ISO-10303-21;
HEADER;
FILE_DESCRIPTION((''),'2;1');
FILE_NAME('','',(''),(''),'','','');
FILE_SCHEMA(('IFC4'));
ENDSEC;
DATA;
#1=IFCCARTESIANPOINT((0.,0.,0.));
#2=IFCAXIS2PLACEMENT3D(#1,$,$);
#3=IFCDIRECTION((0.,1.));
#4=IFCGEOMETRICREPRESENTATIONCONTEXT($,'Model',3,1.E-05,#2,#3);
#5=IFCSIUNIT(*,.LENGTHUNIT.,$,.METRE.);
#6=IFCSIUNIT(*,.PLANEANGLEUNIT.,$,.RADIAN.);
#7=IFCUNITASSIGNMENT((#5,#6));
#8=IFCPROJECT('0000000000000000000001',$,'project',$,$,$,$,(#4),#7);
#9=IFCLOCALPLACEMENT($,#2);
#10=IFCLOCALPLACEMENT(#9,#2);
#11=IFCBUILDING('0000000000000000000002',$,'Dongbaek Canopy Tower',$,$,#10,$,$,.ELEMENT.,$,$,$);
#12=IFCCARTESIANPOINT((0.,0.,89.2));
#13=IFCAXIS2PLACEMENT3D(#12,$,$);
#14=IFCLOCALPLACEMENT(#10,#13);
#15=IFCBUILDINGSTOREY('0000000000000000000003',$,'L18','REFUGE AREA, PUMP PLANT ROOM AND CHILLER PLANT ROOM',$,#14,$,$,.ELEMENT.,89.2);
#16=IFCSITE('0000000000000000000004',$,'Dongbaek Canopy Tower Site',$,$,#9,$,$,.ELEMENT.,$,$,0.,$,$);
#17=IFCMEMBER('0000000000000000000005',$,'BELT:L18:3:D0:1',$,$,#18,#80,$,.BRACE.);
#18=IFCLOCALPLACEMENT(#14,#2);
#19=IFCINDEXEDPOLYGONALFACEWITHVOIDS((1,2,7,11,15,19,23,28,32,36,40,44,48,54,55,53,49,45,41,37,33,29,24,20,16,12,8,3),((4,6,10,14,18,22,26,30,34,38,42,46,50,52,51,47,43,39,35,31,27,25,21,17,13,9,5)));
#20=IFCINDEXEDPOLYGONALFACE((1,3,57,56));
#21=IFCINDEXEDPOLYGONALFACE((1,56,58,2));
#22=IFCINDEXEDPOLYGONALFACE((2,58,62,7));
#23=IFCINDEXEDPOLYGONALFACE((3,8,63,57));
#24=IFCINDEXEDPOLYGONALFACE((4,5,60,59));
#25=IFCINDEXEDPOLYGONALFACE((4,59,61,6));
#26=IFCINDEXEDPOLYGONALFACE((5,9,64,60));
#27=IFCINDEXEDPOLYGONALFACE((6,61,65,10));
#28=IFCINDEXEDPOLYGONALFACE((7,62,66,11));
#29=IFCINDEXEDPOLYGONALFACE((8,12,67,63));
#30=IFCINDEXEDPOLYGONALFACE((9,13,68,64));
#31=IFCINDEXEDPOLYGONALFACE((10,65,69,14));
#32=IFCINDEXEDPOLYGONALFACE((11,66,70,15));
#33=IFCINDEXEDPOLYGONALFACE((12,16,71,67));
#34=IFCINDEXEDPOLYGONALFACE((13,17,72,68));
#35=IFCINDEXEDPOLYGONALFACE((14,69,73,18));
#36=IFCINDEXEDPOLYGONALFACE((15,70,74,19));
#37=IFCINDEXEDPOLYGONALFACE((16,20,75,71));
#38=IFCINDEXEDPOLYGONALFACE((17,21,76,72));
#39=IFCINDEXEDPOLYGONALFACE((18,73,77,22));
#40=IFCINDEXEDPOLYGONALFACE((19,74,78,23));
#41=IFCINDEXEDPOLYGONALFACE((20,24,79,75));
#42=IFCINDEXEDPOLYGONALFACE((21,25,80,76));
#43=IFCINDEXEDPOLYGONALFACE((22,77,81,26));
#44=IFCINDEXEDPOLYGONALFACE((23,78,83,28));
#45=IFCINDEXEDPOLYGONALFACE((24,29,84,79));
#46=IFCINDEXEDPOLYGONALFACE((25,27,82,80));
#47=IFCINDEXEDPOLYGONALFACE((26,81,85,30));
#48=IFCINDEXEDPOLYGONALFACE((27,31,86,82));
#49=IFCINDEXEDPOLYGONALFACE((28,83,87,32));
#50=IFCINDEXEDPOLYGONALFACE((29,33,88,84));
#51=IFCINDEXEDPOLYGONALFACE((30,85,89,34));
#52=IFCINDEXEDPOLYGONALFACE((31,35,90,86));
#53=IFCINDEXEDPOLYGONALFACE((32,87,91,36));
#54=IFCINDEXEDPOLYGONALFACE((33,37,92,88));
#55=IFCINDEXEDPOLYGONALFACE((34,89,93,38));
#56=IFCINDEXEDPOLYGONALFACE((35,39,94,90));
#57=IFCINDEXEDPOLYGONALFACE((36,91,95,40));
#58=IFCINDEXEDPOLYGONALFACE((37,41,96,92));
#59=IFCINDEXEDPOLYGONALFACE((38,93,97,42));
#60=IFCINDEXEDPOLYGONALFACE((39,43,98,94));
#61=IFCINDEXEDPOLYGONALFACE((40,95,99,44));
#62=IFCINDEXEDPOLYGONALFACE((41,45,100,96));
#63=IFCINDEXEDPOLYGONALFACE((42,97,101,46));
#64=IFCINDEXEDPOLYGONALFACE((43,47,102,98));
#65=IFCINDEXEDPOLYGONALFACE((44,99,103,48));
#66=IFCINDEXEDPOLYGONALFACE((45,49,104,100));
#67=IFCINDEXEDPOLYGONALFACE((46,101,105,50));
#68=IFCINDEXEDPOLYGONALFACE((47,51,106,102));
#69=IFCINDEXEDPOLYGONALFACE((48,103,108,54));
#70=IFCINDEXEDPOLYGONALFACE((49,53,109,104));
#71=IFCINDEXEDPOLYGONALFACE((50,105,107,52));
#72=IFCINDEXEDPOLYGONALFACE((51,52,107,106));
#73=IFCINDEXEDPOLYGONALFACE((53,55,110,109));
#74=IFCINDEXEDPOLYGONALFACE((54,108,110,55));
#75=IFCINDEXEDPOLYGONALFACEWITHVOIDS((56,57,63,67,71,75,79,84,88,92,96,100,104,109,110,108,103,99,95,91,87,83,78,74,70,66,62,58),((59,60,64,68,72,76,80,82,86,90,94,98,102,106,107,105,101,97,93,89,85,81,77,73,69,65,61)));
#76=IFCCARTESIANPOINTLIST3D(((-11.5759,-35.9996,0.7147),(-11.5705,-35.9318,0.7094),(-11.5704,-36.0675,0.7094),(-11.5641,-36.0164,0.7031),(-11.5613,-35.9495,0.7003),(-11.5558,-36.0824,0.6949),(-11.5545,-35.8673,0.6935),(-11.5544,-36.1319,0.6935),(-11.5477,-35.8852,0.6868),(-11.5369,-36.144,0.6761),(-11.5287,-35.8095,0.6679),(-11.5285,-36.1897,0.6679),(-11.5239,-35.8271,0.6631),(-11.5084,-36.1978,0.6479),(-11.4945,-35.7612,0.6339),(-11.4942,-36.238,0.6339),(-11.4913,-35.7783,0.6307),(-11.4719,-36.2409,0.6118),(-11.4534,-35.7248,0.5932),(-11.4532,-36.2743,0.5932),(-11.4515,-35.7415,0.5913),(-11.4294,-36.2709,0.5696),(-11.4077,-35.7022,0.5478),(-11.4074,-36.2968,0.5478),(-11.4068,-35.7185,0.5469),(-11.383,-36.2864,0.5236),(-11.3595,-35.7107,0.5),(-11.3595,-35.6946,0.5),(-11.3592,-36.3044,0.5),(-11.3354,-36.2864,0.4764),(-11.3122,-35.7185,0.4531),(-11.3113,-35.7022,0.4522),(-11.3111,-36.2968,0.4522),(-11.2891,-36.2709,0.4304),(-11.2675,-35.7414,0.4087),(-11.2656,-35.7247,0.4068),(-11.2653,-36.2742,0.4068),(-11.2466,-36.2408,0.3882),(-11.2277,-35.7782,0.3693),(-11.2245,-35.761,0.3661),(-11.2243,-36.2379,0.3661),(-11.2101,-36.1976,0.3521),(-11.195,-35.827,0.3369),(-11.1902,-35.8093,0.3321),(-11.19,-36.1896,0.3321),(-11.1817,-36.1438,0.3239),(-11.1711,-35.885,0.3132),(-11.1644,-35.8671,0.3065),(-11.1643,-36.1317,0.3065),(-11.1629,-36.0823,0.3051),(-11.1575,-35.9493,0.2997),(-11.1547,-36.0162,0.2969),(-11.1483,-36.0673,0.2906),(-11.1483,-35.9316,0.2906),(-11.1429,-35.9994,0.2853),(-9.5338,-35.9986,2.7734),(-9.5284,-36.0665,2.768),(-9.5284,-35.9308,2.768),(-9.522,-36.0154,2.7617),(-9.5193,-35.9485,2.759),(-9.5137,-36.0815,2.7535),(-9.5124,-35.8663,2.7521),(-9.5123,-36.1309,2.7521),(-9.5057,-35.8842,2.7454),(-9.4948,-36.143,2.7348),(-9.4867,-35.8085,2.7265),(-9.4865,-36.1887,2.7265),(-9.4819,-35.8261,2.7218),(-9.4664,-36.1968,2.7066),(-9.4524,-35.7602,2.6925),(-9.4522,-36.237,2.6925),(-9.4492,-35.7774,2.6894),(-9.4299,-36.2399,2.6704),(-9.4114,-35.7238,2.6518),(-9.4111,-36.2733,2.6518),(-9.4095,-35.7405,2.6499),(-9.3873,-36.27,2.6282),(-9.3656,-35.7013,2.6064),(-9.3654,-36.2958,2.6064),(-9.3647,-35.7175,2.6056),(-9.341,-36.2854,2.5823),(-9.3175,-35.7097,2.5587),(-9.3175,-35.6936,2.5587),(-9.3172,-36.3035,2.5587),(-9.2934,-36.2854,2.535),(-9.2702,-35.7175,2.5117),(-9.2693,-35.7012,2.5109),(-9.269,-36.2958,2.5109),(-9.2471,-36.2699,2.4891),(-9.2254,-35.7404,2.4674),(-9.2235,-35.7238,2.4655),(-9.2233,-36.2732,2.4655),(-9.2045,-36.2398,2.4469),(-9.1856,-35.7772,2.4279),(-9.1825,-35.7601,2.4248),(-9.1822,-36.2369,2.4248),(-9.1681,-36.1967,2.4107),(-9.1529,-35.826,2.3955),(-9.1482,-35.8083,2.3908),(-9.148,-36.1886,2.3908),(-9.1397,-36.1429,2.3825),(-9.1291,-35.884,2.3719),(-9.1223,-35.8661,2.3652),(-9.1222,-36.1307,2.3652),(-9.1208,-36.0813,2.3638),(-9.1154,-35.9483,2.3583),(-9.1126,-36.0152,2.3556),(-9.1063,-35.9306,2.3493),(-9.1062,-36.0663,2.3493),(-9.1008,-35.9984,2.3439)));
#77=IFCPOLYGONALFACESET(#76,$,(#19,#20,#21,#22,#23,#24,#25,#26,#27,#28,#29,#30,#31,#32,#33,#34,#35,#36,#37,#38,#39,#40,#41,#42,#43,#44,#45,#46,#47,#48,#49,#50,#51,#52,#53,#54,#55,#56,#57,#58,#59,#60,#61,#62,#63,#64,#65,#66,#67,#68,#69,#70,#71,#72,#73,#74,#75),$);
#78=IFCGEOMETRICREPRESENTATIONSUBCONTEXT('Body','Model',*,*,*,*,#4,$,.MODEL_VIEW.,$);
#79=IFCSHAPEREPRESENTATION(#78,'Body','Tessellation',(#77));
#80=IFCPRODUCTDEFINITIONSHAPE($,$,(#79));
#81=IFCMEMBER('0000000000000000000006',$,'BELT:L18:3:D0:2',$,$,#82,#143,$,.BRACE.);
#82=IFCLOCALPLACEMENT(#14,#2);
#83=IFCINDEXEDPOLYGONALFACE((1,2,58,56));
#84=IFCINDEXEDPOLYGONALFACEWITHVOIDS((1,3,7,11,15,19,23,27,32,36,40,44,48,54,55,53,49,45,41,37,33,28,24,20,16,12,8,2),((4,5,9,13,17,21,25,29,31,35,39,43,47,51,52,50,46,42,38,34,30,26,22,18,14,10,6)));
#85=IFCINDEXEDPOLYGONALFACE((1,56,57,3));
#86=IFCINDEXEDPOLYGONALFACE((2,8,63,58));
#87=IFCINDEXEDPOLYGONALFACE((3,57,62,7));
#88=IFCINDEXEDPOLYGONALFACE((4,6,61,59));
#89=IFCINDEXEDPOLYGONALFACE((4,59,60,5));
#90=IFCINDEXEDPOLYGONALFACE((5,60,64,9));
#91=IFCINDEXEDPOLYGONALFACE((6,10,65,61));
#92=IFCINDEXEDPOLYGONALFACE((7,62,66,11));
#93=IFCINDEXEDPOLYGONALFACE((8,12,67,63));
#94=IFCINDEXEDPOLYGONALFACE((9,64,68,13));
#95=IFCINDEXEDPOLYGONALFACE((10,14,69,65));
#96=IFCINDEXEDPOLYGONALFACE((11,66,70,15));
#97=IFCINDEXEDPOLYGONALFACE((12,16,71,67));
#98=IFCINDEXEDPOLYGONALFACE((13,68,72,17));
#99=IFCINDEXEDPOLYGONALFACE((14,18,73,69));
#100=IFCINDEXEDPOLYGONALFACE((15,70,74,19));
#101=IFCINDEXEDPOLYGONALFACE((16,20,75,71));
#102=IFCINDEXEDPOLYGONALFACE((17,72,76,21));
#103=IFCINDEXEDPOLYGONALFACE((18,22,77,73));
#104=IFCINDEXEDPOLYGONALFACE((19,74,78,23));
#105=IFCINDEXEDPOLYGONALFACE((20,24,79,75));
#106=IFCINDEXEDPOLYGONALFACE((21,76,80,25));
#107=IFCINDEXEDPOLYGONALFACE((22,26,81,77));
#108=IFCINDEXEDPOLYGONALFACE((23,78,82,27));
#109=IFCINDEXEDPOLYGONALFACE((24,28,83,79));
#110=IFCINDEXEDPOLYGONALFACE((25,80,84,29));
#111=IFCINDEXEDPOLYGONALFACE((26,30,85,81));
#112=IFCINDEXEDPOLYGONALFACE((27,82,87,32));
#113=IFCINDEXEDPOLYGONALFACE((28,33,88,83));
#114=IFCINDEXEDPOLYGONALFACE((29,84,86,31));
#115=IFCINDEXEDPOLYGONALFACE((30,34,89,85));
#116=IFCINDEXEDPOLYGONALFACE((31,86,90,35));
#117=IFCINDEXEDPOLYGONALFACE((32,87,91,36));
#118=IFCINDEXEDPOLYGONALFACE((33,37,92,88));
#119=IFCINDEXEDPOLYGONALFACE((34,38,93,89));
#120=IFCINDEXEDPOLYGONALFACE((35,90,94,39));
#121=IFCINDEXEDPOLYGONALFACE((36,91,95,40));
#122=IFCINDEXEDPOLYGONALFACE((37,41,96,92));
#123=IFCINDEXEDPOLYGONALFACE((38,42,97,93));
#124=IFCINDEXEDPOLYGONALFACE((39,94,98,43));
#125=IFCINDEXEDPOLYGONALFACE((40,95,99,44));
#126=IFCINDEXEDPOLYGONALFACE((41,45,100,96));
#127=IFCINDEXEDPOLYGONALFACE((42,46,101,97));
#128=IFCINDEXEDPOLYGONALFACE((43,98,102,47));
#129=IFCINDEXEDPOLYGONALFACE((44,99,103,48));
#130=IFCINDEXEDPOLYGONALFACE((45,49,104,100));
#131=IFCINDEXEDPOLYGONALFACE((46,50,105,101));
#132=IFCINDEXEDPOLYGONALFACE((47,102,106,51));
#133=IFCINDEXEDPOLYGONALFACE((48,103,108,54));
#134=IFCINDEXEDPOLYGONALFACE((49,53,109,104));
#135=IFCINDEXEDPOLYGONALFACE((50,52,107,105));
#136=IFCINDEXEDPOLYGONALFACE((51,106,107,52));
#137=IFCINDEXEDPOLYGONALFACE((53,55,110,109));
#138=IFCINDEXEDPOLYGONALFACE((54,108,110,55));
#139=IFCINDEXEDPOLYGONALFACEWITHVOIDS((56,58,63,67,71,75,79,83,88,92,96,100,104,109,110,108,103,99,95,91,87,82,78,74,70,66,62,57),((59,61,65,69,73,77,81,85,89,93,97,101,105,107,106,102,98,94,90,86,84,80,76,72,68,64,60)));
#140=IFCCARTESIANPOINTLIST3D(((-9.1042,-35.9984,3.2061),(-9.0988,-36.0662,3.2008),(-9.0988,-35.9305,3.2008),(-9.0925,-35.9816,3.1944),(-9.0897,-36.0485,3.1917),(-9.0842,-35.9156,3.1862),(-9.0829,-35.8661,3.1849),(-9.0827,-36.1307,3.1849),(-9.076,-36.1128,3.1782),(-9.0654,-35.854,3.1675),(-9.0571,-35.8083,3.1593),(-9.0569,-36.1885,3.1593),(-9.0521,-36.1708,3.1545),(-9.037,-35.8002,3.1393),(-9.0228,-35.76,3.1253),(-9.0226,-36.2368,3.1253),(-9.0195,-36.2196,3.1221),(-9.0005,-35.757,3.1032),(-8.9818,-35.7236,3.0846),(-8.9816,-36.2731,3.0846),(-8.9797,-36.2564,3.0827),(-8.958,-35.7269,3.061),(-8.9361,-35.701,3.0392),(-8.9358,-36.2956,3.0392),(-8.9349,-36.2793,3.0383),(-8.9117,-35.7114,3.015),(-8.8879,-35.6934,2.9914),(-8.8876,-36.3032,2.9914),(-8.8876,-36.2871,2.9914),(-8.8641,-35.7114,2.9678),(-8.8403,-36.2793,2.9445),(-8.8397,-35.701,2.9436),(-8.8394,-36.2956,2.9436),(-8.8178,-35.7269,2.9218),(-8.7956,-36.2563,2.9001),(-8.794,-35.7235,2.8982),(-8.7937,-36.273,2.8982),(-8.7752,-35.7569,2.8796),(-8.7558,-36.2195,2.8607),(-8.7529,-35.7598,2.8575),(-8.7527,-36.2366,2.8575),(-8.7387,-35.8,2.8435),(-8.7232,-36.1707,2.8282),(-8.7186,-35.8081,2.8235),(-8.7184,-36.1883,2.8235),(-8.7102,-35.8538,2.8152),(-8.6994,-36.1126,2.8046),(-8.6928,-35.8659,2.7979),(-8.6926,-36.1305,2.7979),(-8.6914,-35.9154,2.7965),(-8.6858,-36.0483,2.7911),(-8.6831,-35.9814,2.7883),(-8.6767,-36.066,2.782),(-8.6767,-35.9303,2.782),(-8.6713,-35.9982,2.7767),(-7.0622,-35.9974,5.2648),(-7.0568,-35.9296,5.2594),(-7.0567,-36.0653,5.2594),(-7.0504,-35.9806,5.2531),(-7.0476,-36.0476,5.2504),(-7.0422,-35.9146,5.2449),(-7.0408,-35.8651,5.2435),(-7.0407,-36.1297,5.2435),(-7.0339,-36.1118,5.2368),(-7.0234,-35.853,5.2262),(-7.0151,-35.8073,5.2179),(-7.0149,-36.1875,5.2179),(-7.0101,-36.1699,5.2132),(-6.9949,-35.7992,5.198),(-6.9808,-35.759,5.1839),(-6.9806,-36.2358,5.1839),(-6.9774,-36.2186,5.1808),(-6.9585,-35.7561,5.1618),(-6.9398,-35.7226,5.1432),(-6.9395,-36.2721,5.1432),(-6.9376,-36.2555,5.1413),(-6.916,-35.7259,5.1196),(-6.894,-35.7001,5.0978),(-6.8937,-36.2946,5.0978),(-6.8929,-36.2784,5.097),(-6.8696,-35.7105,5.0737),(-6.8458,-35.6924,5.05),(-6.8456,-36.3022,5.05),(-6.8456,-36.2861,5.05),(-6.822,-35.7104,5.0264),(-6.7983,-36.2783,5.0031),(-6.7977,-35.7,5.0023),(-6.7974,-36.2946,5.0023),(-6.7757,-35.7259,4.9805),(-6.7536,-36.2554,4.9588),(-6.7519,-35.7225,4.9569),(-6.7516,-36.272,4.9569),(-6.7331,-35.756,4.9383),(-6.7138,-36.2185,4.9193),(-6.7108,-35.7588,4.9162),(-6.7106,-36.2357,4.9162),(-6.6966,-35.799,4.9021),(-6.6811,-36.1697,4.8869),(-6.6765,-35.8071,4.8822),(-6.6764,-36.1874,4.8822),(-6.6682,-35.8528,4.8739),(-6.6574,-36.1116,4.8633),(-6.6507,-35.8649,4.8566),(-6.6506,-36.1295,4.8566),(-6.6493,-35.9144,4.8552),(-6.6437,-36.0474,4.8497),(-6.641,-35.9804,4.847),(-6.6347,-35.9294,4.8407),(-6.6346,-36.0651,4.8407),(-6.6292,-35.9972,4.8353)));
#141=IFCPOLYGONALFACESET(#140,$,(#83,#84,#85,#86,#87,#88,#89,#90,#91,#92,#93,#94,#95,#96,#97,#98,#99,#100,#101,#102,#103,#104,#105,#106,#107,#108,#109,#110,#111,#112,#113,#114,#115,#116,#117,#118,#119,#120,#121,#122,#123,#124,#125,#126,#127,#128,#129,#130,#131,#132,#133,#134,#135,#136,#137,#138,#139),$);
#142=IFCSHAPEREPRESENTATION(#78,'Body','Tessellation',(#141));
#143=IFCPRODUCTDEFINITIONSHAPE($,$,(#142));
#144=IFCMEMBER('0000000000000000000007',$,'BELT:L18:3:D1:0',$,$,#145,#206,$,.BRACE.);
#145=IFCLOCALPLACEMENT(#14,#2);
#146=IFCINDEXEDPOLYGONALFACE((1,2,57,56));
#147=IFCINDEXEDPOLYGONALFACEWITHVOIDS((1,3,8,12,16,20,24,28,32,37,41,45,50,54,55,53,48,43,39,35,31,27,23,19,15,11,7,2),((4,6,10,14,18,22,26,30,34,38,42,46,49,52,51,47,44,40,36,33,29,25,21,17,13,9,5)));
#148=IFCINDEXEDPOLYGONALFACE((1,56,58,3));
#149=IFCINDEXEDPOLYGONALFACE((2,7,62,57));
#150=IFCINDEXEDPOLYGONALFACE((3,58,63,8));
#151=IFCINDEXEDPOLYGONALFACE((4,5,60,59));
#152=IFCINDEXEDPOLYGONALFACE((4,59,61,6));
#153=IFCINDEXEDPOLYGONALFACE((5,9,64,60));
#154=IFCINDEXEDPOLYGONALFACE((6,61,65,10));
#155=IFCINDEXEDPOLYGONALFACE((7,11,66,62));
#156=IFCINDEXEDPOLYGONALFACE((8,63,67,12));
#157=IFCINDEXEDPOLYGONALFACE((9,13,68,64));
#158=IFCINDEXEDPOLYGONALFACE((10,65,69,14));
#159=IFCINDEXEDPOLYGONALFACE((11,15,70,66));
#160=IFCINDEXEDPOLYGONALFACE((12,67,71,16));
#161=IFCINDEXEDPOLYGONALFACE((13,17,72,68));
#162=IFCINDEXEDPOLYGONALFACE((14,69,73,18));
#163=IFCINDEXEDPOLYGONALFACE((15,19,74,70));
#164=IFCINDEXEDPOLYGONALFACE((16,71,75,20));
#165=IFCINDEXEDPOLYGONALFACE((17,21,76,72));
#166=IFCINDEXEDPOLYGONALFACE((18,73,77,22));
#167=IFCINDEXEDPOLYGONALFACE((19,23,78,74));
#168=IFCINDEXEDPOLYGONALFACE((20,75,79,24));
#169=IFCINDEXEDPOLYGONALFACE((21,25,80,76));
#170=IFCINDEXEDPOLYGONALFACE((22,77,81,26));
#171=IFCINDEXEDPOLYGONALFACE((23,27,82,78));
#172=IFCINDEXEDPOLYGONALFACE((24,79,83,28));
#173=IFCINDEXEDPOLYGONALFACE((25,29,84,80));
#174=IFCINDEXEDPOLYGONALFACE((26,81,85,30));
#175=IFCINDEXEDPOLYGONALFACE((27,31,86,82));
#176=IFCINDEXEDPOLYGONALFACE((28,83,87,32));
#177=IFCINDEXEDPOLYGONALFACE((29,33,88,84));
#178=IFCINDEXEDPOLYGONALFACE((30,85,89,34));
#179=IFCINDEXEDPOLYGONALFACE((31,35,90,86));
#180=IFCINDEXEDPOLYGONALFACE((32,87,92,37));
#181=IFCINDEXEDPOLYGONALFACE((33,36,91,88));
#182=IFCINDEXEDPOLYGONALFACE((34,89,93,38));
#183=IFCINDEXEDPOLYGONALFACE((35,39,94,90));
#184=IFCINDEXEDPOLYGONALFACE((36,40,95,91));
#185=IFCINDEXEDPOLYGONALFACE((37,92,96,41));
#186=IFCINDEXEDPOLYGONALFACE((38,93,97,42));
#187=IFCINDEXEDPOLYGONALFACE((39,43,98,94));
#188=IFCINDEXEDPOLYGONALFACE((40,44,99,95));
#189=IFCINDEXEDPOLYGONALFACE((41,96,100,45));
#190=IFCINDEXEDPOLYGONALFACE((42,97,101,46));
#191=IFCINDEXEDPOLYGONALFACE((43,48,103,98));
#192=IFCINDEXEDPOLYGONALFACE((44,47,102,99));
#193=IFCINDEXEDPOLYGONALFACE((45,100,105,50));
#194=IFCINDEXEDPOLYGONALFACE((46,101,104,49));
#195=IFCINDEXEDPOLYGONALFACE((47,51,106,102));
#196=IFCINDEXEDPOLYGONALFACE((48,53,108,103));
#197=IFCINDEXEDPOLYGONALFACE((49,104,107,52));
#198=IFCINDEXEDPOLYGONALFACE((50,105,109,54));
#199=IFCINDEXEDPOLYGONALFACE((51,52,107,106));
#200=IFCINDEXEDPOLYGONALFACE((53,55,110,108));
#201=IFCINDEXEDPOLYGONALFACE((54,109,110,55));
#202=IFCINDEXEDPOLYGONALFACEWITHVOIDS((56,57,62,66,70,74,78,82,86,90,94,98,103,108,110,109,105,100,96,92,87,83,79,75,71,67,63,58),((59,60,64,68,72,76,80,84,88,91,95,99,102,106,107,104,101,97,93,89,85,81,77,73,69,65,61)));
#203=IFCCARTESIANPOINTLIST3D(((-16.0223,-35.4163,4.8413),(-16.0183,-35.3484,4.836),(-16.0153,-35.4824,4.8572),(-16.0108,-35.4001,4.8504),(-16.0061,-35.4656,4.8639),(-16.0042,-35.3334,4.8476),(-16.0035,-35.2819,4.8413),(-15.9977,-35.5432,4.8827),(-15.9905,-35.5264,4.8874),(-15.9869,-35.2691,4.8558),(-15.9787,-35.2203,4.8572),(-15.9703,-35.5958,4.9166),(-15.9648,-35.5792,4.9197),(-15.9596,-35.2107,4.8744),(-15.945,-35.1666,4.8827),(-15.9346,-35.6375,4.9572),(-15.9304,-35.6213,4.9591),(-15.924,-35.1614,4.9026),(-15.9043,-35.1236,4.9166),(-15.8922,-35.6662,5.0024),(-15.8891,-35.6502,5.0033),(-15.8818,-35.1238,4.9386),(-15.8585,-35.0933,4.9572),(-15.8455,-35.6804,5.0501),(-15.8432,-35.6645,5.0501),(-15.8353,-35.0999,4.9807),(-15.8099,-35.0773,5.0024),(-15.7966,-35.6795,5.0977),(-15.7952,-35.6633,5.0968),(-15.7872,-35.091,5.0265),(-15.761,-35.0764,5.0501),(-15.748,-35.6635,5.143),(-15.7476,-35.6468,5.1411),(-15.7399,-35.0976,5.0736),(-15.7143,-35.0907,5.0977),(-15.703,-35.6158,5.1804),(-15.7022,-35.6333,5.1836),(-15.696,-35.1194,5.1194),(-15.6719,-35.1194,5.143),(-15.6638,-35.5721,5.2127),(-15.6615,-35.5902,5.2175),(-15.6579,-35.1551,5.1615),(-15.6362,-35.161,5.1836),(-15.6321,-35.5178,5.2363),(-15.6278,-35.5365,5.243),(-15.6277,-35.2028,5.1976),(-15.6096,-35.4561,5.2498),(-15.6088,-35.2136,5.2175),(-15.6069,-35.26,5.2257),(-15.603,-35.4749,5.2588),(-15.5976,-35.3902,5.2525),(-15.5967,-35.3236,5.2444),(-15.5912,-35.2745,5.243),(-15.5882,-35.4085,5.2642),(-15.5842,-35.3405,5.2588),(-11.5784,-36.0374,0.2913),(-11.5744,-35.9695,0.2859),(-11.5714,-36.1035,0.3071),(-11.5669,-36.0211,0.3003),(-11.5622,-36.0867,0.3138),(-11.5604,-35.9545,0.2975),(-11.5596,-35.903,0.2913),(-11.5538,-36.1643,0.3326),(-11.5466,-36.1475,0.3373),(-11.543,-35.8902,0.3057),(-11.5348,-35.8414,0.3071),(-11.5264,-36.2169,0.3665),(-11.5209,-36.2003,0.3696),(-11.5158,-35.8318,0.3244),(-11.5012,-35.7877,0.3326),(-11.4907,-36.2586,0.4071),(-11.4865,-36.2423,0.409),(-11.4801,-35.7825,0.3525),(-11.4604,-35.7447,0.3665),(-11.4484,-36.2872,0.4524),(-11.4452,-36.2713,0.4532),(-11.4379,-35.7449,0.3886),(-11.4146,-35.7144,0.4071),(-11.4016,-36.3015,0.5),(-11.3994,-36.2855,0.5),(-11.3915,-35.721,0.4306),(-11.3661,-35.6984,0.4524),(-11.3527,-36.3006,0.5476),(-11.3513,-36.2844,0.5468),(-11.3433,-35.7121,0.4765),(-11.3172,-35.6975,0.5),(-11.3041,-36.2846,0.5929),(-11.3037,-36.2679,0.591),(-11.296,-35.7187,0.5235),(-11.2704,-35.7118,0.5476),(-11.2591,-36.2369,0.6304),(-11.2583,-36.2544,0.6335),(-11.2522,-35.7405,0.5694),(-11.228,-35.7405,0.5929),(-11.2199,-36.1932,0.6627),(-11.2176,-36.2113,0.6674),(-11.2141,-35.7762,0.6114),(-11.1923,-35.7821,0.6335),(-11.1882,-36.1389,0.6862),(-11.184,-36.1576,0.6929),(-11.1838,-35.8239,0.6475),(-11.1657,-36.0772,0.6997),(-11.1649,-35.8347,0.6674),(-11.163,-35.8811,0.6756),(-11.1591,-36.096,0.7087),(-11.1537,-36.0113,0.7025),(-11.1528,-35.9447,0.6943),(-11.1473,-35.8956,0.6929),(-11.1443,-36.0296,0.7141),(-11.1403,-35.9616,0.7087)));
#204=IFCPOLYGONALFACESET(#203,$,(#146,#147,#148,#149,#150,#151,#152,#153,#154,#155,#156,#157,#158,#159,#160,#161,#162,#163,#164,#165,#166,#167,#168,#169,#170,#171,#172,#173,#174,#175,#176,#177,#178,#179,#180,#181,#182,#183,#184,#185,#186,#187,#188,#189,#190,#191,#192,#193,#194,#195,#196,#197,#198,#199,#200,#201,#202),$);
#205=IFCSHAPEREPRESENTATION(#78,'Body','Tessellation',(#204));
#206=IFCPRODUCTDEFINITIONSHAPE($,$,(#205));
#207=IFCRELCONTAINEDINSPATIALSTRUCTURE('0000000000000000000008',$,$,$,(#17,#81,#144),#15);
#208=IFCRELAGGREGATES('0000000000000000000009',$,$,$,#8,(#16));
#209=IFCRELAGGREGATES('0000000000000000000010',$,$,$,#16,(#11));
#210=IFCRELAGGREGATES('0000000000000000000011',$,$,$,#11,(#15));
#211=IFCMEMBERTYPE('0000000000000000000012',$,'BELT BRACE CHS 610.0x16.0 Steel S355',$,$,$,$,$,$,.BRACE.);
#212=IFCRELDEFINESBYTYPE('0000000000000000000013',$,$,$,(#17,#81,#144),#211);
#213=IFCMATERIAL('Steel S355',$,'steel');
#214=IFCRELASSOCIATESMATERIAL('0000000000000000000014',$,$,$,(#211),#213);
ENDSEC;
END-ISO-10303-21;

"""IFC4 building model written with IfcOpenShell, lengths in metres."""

from ifc_helpers import new_model, si_unit, direction, frame, origin, origin_2d, place, context, subcontext, project, spatial, hollow_circle, extrude, material, material_profile, profile_set, type_object, element, save


model = new_model("IFC4")

# Units and contexts
model_context = context("Model", 3, precision=1e-05, world=origin(), true_north=direction((0.0, 1.0)))
body_context = subcontext(model_context, "Body", "Model", "MODEL_VIEW")
ifc_project = project(units=[si_unit("LENGTHUNIT", "METRE"), si_unit("PLANEANGLEUNIT", "RADIAN")], contexts=[model_context])

# Site, building, storey
site_placement = place(None, origin())
site = spatial("IfcSite", under=ifc_project, at=site_placement, Name="Dongbaek Canopy Tower Site", CompositionType="ELEMENT", RefElevation=0.0)
building_placement = place(site_placement, origin())
building = spatial("IfcBuilding", under=site, at=building_placement, Name="Dongbaek Canopy Tower", CompositionType="ELEMENT")
storey_placement = place(building_placement, frame((0.0, 0.0, 89.2)))
storey = spatial("IfcBuildingStorey", under=building, at=storey_placement, Name="L18", Description="REFUGE AREA, PUMP PLANT ROOM AND CHILLER PLANT ROOM", CompositionType="ELEMENT", Elevation=89.2)

# Members
ifc_material_1 = material(Name="Steel S355", Category="steel")
ifc_material_profile_1 = material_profile(ifc_material_1, hollow_circle(Radius=0.3049, WallThickness=0.0161, at=origin_2d()), Name="BELT BRACE CHS 610.0x16.0 Steel S355")
ifc_profile_set_1 = profile_set([ifc_material_profile_1], Name="Steel S355")
member_type_1 = type_object("IfcMemberType", Name="BELT BRACE CHS 610.0x16.0 Steel S355", PredefinedType="BRACE", material=ifc_profile_set_1)
for number, where, z_axis, x_axis, name in (
    (1, (-11.3594, -35.9995, 0.5), (0.704238, 0.000337, 0.709964), (-0.000478, 1.0, 0.0), "BELT:L18:3:D0:1"),
    (2, (-6.8457, -35.9973, 5.05), (-0.704238, -0.000337, -0.709964), (0.000478, -1.0, 0.0), "BELT:L18:3:D0:2"),
):
    element("IfcMember", number, at=place(storey_placement, frame(where, z_axis=z_axis, x_axis=x_axis)), inside=storey, type_object=member_type_1, Name=name, PredefinedType="BRACE", context=body_context, shape_type="SweptSolid", body=[
        extrude(hollow_circle(Radius=0.3049, WallThickness=0.0161, at=origin_2d()), origin(), (0.0, 0.0, 1.0), 2.8997),
    ])
member_1_placement = place(storey_placement, frame((-11.3594, -35.9995, 0.5), z_axis=(-0.6954, 0.097193, 0.712019), x_axis=(-0.138419, -0.990374, 0.0)))
element("IfcMember", 3, at=member_1_placement, inside=storey, type_object=member_type_1, Name="BELT:L18:3:D1:0", PredefinedType="BRACE", context=body_context, shape_type="SweptSolid", body=[
    extrude(hollow_circle(Radius=0.3049, WallThickness=0.0161, at=origin_2d()), origin(), (0.0, 0.0, 1.0), 6.3904),
])

save(model, "model.ifc")
